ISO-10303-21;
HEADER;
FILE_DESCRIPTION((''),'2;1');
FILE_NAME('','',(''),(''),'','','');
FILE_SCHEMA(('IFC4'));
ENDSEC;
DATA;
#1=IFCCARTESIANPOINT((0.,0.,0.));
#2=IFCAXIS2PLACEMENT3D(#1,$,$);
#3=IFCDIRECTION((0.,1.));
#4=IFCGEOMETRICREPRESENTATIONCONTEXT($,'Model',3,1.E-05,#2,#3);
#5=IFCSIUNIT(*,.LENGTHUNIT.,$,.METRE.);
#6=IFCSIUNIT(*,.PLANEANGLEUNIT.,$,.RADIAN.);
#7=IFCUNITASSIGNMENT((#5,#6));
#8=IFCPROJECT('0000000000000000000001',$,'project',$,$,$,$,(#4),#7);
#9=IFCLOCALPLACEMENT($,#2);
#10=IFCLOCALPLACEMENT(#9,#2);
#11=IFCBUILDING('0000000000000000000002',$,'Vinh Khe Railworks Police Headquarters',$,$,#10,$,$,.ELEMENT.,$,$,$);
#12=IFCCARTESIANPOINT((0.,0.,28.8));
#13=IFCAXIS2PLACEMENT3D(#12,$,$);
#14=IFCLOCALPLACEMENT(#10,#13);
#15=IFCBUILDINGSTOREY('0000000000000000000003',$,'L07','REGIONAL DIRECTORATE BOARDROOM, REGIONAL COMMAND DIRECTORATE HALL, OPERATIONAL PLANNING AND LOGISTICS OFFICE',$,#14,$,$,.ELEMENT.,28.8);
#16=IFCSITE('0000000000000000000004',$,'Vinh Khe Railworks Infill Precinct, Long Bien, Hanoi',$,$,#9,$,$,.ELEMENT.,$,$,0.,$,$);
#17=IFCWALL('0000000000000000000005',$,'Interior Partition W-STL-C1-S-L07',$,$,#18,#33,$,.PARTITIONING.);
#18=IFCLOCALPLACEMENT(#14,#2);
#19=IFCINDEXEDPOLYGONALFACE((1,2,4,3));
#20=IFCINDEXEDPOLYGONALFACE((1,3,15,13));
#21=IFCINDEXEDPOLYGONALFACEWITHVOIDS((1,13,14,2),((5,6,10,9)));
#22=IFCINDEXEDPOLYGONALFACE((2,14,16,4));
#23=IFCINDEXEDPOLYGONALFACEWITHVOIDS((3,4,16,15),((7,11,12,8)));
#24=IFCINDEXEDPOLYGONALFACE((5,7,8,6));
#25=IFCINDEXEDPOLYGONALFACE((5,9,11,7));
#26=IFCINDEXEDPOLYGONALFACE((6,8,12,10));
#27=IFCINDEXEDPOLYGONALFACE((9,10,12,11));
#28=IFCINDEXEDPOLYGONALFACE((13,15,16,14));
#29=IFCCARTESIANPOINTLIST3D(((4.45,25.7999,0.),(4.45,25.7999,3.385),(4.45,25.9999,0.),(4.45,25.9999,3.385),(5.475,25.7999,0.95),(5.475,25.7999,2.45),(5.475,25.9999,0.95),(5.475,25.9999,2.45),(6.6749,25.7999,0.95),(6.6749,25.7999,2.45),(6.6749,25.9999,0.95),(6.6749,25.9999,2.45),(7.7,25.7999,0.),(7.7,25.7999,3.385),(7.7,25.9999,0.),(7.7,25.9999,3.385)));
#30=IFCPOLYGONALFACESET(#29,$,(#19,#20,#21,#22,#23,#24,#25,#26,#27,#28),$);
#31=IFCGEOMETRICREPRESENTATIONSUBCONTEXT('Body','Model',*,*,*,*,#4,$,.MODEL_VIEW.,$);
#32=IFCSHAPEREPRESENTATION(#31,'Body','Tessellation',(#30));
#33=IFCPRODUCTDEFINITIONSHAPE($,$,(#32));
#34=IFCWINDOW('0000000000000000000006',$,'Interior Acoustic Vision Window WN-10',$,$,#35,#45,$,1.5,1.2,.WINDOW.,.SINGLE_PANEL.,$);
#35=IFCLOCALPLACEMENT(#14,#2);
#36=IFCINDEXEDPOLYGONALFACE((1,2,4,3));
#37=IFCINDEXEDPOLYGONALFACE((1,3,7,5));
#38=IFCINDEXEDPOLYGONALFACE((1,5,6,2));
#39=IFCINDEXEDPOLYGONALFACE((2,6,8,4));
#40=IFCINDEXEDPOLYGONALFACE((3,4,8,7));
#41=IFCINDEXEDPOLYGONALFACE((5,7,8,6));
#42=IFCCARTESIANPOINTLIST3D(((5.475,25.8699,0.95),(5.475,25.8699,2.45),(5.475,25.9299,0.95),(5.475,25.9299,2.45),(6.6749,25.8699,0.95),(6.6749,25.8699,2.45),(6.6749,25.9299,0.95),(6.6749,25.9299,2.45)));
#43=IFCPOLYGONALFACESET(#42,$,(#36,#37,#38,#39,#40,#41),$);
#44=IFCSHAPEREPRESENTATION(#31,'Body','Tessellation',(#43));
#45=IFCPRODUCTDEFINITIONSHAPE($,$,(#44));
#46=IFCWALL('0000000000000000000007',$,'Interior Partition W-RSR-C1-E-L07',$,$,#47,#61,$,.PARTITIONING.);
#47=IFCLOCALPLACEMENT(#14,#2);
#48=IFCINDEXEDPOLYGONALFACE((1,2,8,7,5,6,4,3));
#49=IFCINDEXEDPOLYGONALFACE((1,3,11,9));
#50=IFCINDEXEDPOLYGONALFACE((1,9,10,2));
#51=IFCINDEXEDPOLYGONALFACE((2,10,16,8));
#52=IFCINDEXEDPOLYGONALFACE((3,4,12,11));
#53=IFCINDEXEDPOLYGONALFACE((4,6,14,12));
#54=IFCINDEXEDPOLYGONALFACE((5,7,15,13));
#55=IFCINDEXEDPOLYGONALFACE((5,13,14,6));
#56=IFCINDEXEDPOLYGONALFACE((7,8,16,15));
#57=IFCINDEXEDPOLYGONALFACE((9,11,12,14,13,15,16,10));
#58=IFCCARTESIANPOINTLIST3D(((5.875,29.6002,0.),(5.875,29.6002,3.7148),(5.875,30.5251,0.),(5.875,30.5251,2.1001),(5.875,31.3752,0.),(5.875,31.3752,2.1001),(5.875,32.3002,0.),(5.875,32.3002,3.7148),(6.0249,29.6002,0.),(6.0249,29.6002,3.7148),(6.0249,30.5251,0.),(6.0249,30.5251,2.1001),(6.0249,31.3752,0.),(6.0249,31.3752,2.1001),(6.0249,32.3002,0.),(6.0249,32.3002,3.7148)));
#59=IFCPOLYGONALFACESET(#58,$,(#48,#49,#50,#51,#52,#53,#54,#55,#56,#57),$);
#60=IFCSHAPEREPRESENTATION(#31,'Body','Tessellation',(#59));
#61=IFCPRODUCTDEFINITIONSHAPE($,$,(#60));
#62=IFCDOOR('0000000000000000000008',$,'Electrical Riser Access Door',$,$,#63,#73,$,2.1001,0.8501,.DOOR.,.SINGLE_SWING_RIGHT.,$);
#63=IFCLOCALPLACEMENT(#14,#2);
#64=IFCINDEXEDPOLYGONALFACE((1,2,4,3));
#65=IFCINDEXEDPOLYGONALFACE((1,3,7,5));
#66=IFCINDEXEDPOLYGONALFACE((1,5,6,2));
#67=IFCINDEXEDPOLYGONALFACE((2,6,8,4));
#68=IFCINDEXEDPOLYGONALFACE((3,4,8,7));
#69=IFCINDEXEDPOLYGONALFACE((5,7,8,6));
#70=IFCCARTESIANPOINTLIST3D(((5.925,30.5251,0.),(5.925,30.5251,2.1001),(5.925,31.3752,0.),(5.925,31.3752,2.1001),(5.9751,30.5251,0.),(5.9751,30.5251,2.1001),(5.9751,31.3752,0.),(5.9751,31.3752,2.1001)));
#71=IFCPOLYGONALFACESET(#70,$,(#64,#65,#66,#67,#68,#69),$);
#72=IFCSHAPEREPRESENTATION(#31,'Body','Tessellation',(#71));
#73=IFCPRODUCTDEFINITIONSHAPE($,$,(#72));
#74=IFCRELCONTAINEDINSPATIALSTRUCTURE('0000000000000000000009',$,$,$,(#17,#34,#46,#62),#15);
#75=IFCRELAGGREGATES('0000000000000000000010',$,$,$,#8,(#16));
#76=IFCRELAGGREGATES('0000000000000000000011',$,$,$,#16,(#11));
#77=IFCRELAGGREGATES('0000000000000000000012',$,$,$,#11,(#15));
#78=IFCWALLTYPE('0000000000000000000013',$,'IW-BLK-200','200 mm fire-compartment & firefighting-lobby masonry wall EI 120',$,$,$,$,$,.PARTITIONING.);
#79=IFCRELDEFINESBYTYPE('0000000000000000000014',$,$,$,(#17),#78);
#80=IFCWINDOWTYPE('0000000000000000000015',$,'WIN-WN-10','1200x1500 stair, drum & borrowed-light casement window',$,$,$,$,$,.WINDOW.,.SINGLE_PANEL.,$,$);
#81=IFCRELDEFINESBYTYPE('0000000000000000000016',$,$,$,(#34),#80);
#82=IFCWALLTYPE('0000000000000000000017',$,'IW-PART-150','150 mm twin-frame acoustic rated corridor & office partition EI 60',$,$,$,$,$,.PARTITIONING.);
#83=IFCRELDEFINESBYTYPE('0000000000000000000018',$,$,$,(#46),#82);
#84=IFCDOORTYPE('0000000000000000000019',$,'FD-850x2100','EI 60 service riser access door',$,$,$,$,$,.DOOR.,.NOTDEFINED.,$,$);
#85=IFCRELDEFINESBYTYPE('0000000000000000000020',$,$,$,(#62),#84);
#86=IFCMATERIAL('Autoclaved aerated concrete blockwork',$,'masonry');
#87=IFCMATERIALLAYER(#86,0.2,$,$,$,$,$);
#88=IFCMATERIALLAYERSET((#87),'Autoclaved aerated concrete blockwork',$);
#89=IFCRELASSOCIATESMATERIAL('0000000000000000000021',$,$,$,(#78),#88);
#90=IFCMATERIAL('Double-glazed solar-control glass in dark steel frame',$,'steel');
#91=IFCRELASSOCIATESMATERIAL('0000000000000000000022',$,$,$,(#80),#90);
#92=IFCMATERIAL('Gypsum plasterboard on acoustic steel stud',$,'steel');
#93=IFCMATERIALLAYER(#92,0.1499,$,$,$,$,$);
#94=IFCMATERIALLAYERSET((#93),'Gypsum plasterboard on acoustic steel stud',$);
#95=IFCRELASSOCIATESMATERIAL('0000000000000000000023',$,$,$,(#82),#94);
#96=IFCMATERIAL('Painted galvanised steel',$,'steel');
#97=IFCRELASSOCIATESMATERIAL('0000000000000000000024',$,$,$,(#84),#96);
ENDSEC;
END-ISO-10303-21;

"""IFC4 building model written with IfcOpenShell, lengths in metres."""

from ifc_helpers import new_model, si_unit, direction, frame, frame_2d, origin, place, context, subcontext, project, spatial, rectangle, extrude, material, layer, layer_set, type_object, element, fill, save


model = new_model("IFC4")

# Units and contexts
model_context = context("Model", 3, precision=1e-05, world=origin(), true_north=direction((0.0, 1.0)))
body_context = subcontext(model_context, "Body", "Model", "MODEL_VIEW")
ifc_project = project(units=[si_unit("LENGTHUNIT", "METRE"), si_unit("PLANEANGLEUNIT", "RADIAN")], contexts=[model_context])

# Site, building, storey
site_placement = place(None, origin())
site = spatial("IfcSite", under=ifc_project, at=site_placement, Name="Vinh Khe Railworks Infill Precinct, Long Bien, Hanoi", CompositionType="ELEMENT", RefElevation=0.0)
building_placement = place(site_placement, origin())
building = spatial("IfcBuilding", under=site, at=building_placement, Name="Vinh Khe Railworks Police Headquarters", CompositionType="ELEMENT")
storey_placement = place(building_placement, frame((0.0, 0.0, 28.8)))
storey = spatial("IfcBuildingStorey", under=building, at=storey_placement, Name="L07", Description="REGIONAL DIRECTORATE BOARDROOM, REGIONAL COMMAND DIRECTORATE HALL, OPERATIONAL PLANNING AND LOGISTICS OFFICE", CompositionType="ELEMENT", Elevation=28.8)

# Shared definitions
ifc_material_1 = material(Name="Painted galvanised steel", Category="steel")

# Wall, opening, window
ifc_material_2 = material(Name="Double-glazed solar-control glass in dark steel frame", Category="steel")
ifc_material_3 = material(Name="Autoclaved aerated concrete blockwork", Category="masonry")
ifc_layer_1 = layer(ifc_material_3, 0.2)
ifc_layer_set_1 = layer_set([ifc_layer_1], Name="Autoclaved aerated concrete blockwork")
wall_type_1 = type_object("IfcWallType", Name="IW-BLK-200", Description="200 mm fire-compartment & firefighting-lobby masonry wall EI 120", PredefinedType="PARTITIONING", material=ifc_layer_set_1)
wall_1_placement = place(storey_placement, frame((4.45, 25.8999, 0.0), z_axis=(0.0, 0.0, 1.0), x_axis=(1.0, 0.0, 0.0)))
wall_1 = element("IfcWall", 1, at=wall_1_placement, inside=storey, type_object=wall_type_1, Name="Interior Partition W-STL-C1-S-L07", PredefinedType="PARTITIONING", context=body_context, shape_type="SweptSolid", body=[
    extrude(rectangle(XDim=3.25, YDim=0.2, at=frame_2d((1.625, 0.0))), origin(), (0.0, 0.0, 1.0), 3.385),
])
opening_1_placement = place(wall_1_placement, frame((1.0249, 0.0, 0.95)))
opening_1 = element("IfcOpeningElement", 2, at=opening_1_placement, cuts=wall_1, PredefinedType="OPENING", context=body_context, shape_type="SweptSolid", body=[
    extrude(rectangle(XDim=1.2, YDim=1.5, at=frame_2d((0.6001, 0.75))), frame((0.0, 0.1147, 0.0), z_axis=(0.0, -1.0, 0.0), x_axis=(1.0, 0.0, 0.0)), (0.0, 0.0, 1.0), 0.2297),
])
window_type_1 = type_object("IfcWindowType", Name="WIN-WN-10", Description="1200x1500 stair, drum & borrowed-light casement window", PartitioningType="SINGLE_PANEL", PredefinedType="WINDOW", material=ifc_material_2)
window_1_placement = place(opening_1_placement, origin())
window_1 = element("IfcWindow", 3, at=window_1_placement, inside=storey, type_object=window_type_1, Name="Interior Acoustic Vision Window WN-10", OverallHeight=1.5, OverallWidth=1.2, PartitioningType="SINGLE_PANEL", PredefinedType="WINDOW", context=body_context, shape_type="SweptSolid", body=[
    extrude(rectangle(XDim=1.2, YDim=1.5, at=frame_2d((0.6001, 0.75))), frame((0.0, 0.03, 0.0), z_axis=(0.0, -1.0, 0.0), x_axis=(1.0, 0.0, 0.0)), (0.0, 0.0, 1.0), 0.0601),
])
fill(opening_1, window_1)

# Wall, opening, door
ifc_material_4 = material(Name="Gypsum plasterboard on acoustic steel stud", Category="steel")
ifc_layer_2 = layer(ifc_material_4, 0.1499)
ifc_layer_set_2 = layer_set([ifc_layer_2], Name="Gypsum plasterboard on acoustic steel stud")
wall_type_2 = type_object("IfcWallType", Name="IW-PART-150", Description="150 mm twin-frame acoustic rated corridor & office partition EI 60", PredefinedType="PARTITIONING", material=ifc_layer_set_2)
wall_2_placement = place(storey_placement, frame((5.95, 29.6001, 0.0), z_axis=(0.0, 0.0, 1.0), x_axis=(0.0, 1.0, 0.0)))
wall_2 = element("IfcWall", 4, at=wall_2_placement, inside=storey, type_object=wall_type_2, Name="Interior Partition W-RSR-C1-E-L07", PredefinedType="PARTITIONING", context=body_context, shape_type="SweptSolid", body=[
    extrude(rectangle(XDim=2.7, YDim=0.1499, at=frame_2d((1.3501, 0.0))), origin(), (0.0, 0.0, 1.0), 3.7148),
])
opening_2_placement = place(wall_2_placement, frame((0.925, 0.0, 0.0)))
opening_2 = element("IfcOpeningElement", 5, at=opening_2_placement, cuts=wall_2, PredefinedType="OPENING", context=body_context, shape_type="SweptSolid", body=[
    extrude(rectangle(XDim=0.8501, YDim=2.1001, at=frame_2d((0.425, 1.05))), frame((0.0, 0.0898, 0.0), z_axis=(0.0, -1.0, 0.0), x_axis=(1.0, 0.0, 0.0)), (0.0, 0.0, 1.0), 0.1797),
])
door_type_1 = type_object("IfcDoorType", Name="FD-850x2100", Description="EI 60 service riser access door", OperationType="NOTDEFINED", PredefinedType="DOOR", material=ifc_material_1)
door_1_placement = place(opening_2_placement, origin())
door_1 = element("IfcDoor", 6, at=door_1_placement, inside=storey, type_object=door_type_1, Name="Electrical Riser Access Door", OperationType="SINGLE_SWING_RIGHT", OverallHeight=2.1001, OverallWidth=0.8501, PredefinedType="DOOR", context=body_context, shape_type="SweptSolid", body=[
    extrude(rectangle(XDim=0.8501, YDim=2.1001, at=frame_2d((0.425, 1.05))), frame((0.0, 0.0249, 0.0), z_axis=(0.0, -1.0, 0.0), x_axis=(1.0, 0.0, 0.0)), (0.0, 0.0, 1.0), 0.05),
])
fill(opening_2, door_1)

save(model, "model.ifc")
